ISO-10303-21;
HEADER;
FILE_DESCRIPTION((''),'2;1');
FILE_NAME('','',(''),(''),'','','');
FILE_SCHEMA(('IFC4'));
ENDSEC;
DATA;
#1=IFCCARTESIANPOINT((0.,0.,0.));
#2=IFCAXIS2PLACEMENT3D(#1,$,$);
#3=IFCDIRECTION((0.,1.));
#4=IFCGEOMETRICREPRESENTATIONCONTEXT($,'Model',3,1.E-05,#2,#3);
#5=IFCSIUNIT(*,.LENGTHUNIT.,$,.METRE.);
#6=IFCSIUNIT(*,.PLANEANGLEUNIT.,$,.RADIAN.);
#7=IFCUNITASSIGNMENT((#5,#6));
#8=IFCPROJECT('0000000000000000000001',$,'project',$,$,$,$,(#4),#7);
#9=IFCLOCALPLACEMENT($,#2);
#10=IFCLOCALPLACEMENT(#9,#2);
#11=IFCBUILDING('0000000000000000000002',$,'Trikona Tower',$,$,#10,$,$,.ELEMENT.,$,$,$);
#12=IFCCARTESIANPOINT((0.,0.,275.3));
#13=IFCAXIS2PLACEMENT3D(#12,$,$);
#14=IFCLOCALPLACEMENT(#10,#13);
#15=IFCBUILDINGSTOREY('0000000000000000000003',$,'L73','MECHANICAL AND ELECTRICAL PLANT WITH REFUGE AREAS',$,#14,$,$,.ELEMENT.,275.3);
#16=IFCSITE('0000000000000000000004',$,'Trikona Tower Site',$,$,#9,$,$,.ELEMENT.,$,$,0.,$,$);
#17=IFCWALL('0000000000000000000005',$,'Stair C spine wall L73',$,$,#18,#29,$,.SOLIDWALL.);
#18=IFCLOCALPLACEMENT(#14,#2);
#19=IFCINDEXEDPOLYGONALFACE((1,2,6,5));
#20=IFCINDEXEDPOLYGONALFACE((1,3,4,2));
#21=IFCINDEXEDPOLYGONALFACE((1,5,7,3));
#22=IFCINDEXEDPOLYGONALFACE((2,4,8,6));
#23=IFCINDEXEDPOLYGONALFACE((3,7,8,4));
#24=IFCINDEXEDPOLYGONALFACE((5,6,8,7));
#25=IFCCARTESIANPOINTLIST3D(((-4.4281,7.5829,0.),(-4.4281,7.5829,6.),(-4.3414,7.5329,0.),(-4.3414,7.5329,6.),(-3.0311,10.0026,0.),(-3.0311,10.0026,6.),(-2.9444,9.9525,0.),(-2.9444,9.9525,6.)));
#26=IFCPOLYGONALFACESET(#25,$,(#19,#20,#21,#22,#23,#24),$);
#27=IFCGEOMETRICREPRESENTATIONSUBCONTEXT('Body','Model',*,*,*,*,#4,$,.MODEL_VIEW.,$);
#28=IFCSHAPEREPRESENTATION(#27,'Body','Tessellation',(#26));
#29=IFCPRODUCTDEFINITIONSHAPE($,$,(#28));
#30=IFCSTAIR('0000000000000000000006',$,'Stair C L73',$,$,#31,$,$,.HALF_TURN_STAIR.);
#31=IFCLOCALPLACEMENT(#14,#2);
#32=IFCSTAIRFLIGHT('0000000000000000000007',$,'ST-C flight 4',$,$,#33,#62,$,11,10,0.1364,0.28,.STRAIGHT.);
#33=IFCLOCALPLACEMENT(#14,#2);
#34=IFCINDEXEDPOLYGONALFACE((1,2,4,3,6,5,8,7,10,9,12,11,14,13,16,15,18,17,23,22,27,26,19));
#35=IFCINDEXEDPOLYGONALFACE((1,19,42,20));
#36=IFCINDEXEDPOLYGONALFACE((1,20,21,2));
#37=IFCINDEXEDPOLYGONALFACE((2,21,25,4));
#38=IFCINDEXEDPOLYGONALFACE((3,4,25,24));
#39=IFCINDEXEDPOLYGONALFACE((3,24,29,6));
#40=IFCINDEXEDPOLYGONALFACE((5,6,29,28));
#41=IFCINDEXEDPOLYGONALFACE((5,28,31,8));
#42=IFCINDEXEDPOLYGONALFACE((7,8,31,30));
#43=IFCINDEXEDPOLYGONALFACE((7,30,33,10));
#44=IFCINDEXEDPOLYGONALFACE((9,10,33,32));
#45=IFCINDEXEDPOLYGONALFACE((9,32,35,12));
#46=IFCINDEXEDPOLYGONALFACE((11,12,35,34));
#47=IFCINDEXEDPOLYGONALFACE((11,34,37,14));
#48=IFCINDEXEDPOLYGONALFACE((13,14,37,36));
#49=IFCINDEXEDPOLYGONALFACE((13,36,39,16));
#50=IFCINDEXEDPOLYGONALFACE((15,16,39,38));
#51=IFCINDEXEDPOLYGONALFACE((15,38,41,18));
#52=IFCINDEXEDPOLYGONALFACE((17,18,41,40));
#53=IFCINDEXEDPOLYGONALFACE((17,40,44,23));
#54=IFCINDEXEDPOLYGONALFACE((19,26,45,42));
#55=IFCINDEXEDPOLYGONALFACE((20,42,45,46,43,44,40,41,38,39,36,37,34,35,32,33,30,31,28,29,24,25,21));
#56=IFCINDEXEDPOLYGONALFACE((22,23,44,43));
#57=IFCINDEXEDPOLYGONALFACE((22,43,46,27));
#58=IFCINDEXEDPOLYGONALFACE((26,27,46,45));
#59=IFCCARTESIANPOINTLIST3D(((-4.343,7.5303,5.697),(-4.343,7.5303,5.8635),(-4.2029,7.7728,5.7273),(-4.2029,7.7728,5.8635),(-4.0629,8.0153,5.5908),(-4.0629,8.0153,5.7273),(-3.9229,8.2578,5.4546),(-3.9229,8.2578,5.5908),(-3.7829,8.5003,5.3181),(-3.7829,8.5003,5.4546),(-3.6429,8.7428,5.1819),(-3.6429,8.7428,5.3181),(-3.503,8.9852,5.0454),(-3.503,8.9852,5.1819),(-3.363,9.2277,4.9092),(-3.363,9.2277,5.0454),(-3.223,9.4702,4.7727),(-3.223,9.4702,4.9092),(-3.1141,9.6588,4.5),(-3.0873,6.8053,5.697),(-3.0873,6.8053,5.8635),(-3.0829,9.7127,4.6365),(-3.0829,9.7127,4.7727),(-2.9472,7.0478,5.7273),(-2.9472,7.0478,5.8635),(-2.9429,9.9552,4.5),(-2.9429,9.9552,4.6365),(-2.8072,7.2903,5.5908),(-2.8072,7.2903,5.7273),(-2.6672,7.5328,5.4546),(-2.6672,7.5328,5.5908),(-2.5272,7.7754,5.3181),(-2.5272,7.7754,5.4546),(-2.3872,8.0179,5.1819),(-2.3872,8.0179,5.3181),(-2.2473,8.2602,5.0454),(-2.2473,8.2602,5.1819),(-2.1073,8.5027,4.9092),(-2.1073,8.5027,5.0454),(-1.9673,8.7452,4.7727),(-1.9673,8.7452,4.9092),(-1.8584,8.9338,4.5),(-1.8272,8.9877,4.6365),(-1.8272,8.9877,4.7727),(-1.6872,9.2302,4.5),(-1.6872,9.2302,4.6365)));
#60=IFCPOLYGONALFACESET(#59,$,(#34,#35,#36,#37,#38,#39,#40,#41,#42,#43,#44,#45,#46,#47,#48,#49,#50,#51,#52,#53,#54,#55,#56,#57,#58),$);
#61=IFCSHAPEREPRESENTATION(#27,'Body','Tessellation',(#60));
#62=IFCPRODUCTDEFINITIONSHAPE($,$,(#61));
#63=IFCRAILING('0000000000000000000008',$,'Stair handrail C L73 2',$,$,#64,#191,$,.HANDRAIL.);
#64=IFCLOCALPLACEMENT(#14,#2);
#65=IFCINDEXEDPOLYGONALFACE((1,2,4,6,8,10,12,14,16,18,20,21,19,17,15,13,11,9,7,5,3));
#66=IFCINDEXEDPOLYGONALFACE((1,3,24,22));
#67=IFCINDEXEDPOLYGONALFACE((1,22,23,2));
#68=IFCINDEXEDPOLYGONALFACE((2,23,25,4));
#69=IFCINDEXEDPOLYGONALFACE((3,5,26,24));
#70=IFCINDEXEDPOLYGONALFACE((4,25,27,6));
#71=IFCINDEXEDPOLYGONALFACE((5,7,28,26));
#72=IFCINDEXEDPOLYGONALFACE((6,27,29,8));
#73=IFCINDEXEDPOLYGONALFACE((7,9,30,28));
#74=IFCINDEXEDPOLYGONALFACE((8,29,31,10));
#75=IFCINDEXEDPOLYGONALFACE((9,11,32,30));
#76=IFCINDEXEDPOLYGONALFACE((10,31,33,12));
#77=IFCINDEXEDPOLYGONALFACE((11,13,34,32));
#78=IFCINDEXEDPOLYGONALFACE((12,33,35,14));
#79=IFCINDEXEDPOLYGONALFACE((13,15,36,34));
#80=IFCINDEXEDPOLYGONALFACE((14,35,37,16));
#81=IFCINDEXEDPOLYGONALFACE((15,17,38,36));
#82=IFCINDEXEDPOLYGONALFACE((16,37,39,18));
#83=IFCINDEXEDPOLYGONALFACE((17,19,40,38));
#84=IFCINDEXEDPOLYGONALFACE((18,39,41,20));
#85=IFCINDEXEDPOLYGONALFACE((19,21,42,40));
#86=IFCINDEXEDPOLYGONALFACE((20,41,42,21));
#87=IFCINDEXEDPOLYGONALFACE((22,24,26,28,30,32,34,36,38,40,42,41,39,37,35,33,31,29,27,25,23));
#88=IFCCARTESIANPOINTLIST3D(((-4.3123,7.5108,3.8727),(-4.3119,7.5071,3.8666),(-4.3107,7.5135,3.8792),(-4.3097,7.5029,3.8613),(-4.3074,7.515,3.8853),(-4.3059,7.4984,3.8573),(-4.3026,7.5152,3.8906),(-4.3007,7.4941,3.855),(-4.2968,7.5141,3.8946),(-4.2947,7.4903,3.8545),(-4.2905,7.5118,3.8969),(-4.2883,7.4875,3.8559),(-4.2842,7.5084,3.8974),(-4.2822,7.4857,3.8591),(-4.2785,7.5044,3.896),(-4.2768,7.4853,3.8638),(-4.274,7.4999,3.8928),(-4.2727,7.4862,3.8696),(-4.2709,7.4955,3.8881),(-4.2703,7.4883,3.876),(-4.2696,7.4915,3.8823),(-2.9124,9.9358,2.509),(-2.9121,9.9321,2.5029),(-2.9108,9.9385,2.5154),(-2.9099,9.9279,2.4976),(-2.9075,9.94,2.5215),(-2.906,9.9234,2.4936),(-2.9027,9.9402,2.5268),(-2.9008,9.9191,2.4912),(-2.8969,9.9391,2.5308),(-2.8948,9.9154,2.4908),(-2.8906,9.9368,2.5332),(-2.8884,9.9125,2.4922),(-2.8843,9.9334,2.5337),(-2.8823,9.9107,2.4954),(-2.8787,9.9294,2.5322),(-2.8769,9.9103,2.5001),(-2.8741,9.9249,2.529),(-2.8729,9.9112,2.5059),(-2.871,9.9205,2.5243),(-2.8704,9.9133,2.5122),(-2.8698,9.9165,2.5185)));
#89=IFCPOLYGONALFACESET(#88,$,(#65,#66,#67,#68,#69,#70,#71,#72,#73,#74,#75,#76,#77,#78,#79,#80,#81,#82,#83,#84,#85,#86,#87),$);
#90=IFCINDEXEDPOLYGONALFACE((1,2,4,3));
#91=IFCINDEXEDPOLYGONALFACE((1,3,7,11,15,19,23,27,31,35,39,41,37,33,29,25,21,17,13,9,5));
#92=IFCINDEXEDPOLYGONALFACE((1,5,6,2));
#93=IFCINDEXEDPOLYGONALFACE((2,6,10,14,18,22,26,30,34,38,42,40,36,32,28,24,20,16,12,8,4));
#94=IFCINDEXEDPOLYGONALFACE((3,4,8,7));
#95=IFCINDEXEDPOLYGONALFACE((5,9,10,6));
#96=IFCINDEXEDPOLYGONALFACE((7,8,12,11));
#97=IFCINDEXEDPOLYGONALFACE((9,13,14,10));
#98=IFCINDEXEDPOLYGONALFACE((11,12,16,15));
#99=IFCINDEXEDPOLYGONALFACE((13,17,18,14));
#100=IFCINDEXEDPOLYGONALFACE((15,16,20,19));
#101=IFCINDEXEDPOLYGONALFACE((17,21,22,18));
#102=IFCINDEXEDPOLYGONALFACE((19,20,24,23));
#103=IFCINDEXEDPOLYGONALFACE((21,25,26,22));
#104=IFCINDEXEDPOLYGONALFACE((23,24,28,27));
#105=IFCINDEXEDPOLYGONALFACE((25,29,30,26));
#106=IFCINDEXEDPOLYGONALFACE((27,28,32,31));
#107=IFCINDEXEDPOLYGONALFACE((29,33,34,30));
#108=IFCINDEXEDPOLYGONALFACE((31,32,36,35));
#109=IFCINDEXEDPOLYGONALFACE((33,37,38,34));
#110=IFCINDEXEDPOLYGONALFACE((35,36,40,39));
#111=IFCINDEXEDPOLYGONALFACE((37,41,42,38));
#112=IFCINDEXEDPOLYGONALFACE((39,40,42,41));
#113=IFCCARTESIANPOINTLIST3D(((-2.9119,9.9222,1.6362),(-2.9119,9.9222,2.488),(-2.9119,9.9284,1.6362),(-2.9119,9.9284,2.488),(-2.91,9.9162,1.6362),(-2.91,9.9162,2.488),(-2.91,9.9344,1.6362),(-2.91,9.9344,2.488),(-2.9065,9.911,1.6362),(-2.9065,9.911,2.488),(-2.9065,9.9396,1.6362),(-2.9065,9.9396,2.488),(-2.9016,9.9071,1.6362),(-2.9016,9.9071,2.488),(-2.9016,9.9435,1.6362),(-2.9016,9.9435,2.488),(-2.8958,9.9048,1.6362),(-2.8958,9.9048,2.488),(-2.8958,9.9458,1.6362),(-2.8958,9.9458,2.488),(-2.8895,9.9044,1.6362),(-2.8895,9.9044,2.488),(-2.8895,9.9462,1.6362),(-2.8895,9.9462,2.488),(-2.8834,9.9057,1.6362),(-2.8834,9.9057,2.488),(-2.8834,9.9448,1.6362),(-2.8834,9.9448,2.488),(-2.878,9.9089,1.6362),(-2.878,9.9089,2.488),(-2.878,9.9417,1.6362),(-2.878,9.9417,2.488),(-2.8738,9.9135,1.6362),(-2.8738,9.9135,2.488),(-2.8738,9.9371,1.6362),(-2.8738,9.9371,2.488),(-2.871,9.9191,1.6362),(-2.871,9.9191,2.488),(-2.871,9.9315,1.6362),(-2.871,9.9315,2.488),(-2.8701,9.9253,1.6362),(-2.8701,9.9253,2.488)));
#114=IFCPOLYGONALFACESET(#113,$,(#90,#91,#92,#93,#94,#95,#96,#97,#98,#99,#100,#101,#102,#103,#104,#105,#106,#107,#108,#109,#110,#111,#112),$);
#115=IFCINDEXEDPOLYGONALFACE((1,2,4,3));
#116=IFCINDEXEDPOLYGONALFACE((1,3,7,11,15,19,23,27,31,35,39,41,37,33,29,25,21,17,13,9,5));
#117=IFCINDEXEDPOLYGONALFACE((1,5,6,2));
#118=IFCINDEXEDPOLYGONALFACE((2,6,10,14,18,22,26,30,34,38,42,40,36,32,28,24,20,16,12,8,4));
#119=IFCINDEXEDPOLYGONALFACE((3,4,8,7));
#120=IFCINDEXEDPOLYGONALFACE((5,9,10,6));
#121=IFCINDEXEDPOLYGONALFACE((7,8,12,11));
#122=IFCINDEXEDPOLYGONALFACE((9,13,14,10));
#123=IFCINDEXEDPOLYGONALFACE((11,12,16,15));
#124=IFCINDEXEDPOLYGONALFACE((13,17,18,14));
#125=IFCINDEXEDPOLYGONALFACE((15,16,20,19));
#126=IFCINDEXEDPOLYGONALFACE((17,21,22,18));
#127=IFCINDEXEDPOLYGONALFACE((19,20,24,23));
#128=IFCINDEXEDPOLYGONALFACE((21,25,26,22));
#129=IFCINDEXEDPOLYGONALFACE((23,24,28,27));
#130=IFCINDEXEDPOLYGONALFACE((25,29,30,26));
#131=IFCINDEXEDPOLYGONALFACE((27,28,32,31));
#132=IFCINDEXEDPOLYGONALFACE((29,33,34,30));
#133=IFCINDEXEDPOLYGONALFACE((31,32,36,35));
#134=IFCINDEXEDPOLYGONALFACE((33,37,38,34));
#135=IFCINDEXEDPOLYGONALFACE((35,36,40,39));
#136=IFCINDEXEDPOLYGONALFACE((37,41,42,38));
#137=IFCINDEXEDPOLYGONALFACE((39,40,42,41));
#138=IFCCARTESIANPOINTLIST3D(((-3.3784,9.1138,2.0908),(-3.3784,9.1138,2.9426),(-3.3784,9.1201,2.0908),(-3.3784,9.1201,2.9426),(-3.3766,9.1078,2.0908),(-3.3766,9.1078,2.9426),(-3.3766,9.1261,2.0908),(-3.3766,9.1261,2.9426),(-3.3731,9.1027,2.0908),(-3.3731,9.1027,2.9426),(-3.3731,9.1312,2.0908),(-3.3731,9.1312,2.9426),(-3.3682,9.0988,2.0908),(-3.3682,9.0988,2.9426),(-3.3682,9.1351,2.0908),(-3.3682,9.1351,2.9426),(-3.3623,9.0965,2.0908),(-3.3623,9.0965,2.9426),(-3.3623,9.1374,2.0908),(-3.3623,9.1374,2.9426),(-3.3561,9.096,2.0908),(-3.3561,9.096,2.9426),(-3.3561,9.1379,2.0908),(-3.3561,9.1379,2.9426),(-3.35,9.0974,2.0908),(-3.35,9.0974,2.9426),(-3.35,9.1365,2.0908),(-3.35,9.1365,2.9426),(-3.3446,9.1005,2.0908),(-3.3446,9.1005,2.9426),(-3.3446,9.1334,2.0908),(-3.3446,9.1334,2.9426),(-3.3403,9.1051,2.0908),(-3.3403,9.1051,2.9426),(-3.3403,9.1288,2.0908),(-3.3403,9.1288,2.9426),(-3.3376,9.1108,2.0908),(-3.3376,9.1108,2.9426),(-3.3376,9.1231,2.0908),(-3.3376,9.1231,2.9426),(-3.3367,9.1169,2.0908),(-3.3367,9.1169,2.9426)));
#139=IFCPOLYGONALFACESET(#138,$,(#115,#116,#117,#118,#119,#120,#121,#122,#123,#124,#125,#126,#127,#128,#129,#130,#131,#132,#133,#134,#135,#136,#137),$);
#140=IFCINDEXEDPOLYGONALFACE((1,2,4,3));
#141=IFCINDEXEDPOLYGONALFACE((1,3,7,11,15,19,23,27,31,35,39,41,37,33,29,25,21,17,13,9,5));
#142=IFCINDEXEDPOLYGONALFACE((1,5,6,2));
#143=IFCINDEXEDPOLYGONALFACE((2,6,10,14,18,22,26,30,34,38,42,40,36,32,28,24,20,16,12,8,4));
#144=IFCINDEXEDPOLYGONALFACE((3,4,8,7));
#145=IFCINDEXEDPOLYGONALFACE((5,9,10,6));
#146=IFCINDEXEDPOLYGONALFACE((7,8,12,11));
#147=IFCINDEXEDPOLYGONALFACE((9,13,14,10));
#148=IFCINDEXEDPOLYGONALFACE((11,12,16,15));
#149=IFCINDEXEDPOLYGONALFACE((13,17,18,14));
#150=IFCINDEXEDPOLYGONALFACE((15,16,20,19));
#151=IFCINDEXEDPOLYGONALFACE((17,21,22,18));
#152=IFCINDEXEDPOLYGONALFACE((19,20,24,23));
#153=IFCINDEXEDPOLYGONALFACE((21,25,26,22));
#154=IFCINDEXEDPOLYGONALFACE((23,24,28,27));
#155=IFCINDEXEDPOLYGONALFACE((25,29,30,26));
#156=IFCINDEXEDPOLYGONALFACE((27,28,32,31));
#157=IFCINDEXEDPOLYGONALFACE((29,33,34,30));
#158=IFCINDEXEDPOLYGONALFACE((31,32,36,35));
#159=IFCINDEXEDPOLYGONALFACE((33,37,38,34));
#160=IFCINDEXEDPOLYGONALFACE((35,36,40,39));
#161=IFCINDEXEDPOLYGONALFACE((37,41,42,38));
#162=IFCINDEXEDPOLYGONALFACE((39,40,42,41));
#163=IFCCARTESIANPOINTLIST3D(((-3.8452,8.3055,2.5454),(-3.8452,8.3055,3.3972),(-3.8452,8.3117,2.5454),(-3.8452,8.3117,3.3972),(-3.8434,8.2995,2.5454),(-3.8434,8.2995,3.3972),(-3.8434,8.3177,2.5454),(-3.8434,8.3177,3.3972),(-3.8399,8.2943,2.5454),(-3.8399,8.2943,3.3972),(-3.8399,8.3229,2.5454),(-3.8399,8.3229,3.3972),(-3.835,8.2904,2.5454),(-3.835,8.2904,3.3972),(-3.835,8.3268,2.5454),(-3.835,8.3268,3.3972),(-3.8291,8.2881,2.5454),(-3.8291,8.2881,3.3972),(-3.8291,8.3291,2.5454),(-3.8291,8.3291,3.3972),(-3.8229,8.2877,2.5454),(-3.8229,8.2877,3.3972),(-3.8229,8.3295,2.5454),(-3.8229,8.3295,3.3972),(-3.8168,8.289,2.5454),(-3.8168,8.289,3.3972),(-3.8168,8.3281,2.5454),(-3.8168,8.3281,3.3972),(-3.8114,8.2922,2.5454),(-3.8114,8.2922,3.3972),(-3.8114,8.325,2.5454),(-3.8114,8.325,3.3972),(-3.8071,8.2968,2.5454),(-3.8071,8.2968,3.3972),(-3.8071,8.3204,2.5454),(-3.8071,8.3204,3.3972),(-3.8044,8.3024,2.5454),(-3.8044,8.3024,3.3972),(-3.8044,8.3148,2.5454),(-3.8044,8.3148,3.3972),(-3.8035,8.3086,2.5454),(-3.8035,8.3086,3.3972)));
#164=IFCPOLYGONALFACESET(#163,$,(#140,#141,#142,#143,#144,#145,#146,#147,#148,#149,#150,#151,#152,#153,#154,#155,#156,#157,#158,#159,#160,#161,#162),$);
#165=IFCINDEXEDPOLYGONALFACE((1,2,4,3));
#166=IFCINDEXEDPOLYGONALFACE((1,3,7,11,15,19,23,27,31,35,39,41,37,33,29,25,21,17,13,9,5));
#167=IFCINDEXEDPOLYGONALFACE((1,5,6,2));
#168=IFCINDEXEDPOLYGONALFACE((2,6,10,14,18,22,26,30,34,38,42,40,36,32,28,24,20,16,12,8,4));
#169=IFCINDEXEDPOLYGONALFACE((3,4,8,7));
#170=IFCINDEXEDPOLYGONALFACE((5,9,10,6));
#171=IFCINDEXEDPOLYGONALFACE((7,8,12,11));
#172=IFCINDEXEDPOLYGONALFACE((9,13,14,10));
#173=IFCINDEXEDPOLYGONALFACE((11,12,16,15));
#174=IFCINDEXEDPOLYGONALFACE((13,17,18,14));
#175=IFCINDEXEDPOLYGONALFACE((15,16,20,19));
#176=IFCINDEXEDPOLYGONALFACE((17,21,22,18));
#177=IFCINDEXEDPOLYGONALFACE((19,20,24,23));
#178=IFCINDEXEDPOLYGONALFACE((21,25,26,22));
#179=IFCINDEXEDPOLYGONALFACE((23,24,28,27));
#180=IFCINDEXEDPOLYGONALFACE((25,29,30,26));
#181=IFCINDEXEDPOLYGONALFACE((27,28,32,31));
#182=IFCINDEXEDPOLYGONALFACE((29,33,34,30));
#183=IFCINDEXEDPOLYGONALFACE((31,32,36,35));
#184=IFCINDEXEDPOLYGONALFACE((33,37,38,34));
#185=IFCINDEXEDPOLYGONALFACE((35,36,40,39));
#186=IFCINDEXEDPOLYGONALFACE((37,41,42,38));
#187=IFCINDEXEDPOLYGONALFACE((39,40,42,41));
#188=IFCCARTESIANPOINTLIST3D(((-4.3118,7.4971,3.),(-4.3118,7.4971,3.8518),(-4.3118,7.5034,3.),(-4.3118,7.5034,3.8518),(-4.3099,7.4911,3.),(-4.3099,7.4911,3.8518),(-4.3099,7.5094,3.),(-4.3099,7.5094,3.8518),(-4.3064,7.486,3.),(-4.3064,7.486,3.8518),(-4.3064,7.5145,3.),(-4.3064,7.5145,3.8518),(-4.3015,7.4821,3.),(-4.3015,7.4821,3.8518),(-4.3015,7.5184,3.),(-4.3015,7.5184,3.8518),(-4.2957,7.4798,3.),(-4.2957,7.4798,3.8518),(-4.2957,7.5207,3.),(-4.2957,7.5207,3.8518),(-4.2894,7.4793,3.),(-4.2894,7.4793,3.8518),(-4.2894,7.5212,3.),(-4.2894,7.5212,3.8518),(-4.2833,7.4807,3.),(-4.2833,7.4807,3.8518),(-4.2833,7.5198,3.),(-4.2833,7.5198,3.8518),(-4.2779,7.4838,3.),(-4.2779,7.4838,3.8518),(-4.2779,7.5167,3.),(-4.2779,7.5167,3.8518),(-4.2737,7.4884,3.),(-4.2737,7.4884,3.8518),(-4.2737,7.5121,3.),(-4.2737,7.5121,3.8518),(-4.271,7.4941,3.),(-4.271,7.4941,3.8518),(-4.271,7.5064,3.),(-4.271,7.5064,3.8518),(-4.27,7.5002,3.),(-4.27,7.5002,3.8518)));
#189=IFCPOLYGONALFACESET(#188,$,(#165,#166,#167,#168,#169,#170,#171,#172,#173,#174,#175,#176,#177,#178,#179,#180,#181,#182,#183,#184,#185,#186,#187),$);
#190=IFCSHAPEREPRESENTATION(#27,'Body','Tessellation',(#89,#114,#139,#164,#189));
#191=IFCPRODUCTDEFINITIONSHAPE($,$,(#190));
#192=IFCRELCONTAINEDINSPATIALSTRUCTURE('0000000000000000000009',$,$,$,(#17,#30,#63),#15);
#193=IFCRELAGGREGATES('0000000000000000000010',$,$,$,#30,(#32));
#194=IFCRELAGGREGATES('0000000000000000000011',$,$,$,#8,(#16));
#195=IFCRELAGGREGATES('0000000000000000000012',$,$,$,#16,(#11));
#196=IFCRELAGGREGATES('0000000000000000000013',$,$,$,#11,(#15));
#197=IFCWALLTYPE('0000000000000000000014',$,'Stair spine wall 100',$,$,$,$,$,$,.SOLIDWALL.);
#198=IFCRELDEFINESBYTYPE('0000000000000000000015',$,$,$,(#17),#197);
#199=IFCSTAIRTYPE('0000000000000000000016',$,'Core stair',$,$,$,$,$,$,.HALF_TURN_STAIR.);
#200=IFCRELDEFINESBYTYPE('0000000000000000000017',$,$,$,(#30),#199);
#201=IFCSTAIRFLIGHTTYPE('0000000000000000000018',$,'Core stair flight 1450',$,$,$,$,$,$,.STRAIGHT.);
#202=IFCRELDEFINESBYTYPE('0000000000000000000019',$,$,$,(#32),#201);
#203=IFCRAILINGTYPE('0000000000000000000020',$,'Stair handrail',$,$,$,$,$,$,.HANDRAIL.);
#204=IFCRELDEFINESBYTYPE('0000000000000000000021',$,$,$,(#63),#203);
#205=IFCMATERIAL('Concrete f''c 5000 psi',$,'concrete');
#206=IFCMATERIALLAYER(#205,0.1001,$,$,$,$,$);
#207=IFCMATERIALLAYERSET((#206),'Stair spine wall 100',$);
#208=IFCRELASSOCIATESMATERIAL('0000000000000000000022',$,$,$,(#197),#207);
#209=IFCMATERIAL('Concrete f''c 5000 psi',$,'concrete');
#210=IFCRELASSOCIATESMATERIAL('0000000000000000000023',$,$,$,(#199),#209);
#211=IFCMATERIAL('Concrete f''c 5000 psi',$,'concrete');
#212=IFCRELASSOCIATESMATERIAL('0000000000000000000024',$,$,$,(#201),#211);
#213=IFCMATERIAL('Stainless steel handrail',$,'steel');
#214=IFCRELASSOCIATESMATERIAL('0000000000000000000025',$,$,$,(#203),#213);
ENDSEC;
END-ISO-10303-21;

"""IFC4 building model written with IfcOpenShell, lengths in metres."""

from ifc_helpers import new_model, si_unit, direction, frame, frame_2d, origin, origin_2d, place, context, subcontext, project, spatial, polyline, rectangle, circle, outline, extrude, material, layer, layer_set, type_object, element, aggregate, save


model = new_model("IFC4")

# Units and contexts
model_context = context("Model", 3, precision=1e-05, world=origin(), true_north=direction((0.0, 1.0)))
body_context = subcontext(model_context, "Body", "Model", "MODEL_VIEW")
ifc_project = project(units=[si_unit("LENGTHUNIT", "METRE"), si_unit("PLANEANGLEUNIT", "RADIAN")], contexts=[model_context])

# Site, building, storey
site_placement = place(None, origin())
site = spatial("IfcSite", under=ifc_project, at=site_placement, Name="Trikona Tower Site", CompositionType="ELEMENT", RefElevation=0.0)
building_placement = place(site_placement, origin())
building = spatial("IfcBuilding", under=site, at=building_placement, Name="Trikona Tower", CompositionType="ELEMENT")
storey_placement = place(building_placement, frame((0.0, 0.0, 275.3)))
storey = spatial("IfcBuildingStorey", under=building, at=storey_placement, Name="L73", Description="MECHANICAL AND ELECTRICAL PLANT WITH REFUGE AREAS", CompositionType="ELEMENT", Elevation=275.3)

# Wall
ifc_material_1 = material(Name="Concrete f'c 5000 psi", Category="concrete")
ifc_layer_1 = layer(ifc_material_1, 0.1001)
ifc_layer_set_1 = layer_set([ifc_layer_1], Name="Stair spine wall 100")
wall_type_1 = type_object("IfcWallType", Name="Stair spine wall 100", PredefinedType="SOLIDWALL", material=ifc_layer_set_1)
wall_1_placement = place(storey_placement, frame((-2.9878, 9.9775, 0.0), z_axis=(0.0, 0.0, 1.0), x_axis=(-0.499992, -0.86603, 0.0)))
element("IfcWall", 1, at=wall_1_placement, inside=storey, type_object=wall_type_1, Name="Stair C spine wall L73", PredefinedType="SOLIDWALL", context=body_context, shape_type="SweptSolid", body=[
    extrude(rectangle(XDim=2.7939, YDim=0.1001, at=frame_2d((1.397, 0.0))), origin(), (0.0, 0.0, 1.0), 6.0),
])

# Stair, stair flight
ifc_material_2 = material(Name="Concrete f'c 5000 psi", Category="concrete")
stair_type = type_object("IfcStairType", Name="Core stair", PredefinedType="HALF_TURN_STAIR", material=ifc_material_2)
stair_placement = place(storey_placement, origin())
stair = element("IfcStair", 2, at=stair_placement, inside=storey, type_object=stair_type, Name="Stair C L73", PredefinedType="HALF_TURN_STAIR")
ifc_material_3 = material(Name="Concrete f'c 5000 psi", Category="concrete")
stair_flight_type = type_object("IfcStairFlightType", Name="Core stair flight 1450", PredefinedType="STRAIGHT", material=ifc_material_3)
stair_flight_placement = place(storey_placement, frame((-2.3152, 9.5928, 4.5), z_axis=(0.0, 0.0, 1.0), x_axis=(-0.5, -0.866025, 0.0)))
stair_flight = element("IfcStairFlight", 3, at=stair_flight_placement, type_object=stair_flight_type, Name="ST-C flight 4", NumberOfRisers=11, NumberOfTreads=10, PredefinedType="STRAIGHT", RiserHeight=0.1364, TreadLength=0.28, context=body_context, shape_type="SweptSolid", body=[
    extrude(outline(polyline([(0.0, 0.0), (0.0, 0.1365), (0.28, 0.1365), (0.28, 0.2727), (0.5601, 0.2727), (0.5601, 0.4092), (0.8401, 0.4092), (0.8401, 0.5454), (1.1201, 0.5454), (1.1201, 0.6819), (1.3999, 0.6819), (1.3999, 0.8181), (1.6799, 0.8181), (1.6799, 0.9546), (1.96, 0.9546), (1.96, 1.0908), (2.24, 1.0908), (2.24, 1.2273), (2.52, 1.2273), (2.52, 1.3635), (2.8, 1.3635), (2.8, 1.5), (2.8, 1.197), (0.3423, 0.0), (0.0, 0.0)])), frame((0.0, 0.7251, 0.0), z_axis=(0.0, -1.0, 0.0), x_axis=(1.0, 0.0, 0.0)), (0.0, 0.0, 1.0), 1.45),
])
aggregate(stair, [stair_flight])

# Railing
ifc_material_4 = material(Name="Stainless steel handrail", Category="steel")
railing_type = type_object("IfcRailingType", Name="Stair handrail", PredefinedType="HANDRAIL", material=ifc_material_4)
for number, where, name in (
    (4, (-2.8911, 9.9253, 1.6362), "Stair handrail C L73 2"),
):
    element("IfcRailing", number, at=place(storey_placement, frame(where)), inside=storey, type_object=railing_type, Name=name, PredefinedType="HANDRAIL", context=body_context, shape_type="SweptSolid", body=[
        extrude(circle(Radius=0.0239, at=origin_2d()), frame((0.0, 0.0, 0.876), z_axis=(-0.449471, -0.778618, 0.43787), x_axis=(0.866056, -0.499946, 0.0)), (0.0, 0.0, 1.0), 3.1145),
        extrude(circle(Radius=0.021, at=origin_2d()), origin(), (0.0, 0.0, 1.0), 0.8518),
        extrude(circle(Radius=0.021, at=origin_2d()), frame((-0.4666, -0.8083, 0.4546)), (0.0, 0.0, 1.0), 0.8518),
        extrude(circle(Radius=0.021, at=origin_2d()), frame((-0.9333, -1.6167, 0.9092)), (0.0, 0.0, 1.0), 0.8518),
        extrude(circle(Radius=0.021, at=origin_2d()), frame((-1.3999, -2.425, 1.3638)), (0.0, 0.0, 1.0), 0.8518),
    ])

save(model, "model.ifc")
